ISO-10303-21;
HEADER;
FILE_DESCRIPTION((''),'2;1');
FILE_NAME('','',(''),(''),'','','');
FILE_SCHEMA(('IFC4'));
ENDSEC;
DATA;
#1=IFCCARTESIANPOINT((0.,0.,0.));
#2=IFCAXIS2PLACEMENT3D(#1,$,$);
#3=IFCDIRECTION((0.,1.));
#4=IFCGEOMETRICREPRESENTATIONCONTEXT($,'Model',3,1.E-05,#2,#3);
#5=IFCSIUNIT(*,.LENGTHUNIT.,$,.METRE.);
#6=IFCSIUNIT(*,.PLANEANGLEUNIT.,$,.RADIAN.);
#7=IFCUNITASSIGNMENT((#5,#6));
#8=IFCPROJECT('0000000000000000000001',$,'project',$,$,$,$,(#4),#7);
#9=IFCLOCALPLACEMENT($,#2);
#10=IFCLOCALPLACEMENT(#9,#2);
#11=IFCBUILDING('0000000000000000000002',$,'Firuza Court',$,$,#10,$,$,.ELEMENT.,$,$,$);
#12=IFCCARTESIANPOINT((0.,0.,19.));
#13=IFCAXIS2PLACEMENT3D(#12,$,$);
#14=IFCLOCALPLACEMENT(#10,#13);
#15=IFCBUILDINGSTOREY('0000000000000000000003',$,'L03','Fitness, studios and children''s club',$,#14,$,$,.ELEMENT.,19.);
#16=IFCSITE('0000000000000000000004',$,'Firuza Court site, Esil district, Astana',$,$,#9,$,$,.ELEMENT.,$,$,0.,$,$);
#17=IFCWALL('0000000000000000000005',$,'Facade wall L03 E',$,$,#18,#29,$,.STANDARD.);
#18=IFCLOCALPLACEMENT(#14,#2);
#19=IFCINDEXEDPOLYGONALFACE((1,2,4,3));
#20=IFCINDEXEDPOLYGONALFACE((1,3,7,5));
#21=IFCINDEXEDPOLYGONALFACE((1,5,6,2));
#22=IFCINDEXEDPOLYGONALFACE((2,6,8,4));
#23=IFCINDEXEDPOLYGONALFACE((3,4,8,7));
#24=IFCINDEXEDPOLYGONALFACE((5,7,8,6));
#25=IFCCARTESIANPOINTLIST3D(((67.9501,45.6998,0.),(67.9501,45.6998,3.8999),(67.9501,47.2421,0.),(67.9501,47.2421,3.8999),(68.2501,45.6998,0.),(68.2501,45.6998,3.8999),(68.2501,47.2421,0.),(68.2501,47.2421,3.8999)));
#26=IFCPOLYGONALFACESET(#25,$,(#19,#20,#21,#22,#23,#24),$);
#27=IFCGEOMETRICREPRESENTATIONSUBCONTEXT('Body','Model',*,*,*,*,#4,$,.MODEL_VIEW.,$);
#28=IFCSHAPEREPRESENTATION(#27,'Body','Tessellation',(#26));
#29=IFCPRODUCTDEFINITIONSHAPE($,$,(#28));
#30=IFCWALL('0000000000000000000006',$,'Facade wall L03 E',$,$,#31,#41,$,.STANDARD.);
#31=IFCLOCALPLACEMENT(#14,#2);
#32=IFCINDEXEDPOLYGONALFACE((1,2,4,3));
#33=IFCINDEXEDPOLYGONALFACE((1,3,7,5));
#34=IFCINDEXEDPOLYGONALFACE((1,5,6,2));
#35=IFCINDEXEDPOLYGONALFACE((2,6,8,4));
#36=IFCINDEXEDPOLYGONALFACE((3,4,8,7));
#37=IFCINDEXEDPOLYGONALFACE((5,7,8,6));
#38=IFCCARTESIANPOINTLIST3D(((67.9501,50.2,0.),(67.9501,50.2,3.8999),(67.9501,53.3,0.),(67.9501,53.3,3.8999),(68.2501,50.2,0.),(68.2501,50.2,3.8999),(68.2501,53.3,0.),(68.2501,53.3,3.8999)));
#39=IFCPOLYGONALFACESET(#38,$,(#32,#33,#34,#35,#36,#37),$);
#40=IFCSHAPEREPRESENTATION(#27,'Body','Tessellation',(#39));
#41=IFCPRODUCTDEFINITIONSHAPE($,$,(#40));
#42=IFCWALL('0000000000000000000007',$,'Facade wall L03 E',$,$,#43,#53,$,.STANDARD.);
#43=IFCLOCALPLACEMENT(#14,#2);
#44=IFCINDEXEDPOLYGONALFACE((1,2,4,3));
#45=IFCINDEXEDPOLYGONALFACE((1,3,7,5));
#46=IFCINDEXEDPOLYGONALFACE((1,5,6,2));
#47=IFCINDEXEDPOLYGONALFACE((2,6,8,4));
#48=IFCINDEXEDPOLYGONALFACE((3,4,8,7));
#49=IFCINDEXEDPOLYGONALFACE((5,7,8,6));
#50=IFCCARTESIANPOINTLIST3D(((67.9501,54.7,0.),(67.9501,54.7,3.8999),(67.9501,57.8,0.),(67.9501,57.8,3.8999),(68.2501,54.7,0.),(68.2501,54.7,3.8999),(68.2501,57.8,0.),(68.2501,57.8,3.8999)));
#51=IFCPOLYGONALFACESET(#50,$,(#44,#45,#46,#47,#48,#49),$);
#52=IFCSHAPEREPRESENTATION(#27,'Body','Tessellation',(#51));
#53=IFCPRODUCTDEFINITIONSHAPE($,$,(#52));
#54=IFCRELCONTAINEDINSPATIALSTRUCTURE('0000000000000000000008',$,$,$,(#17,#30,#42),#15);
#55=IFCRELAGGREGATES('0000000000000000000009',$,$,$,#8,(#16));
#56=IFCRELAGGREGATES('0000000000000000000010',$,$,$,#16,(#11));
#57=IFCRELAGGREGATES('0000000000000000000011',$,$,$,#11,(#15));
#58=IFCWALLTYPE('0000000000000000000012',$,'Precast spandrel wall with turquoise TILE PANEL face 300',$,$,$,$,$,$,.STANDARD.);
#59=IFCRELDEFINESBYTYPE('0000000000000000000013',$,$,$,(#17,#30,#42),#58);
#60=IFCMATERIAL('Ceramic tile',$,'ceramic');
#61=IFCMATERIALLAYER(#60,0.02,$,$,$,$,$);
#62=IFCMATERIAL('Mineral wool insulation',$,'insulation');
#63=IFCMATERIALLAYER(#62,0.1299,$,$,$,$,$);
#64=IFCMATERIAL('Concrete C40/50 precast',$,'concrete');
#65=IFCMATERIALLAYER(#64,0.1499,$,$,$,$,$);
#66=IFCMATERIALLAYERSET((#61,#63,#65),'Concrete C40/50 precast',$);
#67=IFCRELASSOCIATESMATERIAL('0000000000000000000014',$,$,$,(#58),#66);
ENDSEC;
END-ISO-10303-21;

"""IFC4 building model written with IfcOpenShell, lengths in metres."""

from ifc_helpers import new_model, si_unit, direction, frame, frame_2d, origin, place, context, subcontext, project, spatial, rectangle, extrude, material, layer, layer_set, type_object, element, save


model = new_model("IFC4")

# Units and contexts
model_context = context("Model", 3, precision=1e-05, world=origin(), true_north=direction((0.0, 1.0)))
body_context = subcontext(model_context, "Body", "Model", "MODEL_VIEW")
ifc_project = project(units=[si_unit("LENGTHUNIT", "METRE"), si_unit("PLANEANGLEUNIT", "RADIAN")], contexts=[model_context])

# Site, building, storey
site_placement = place(None, origin())
site = spatial("IfcSite", under=ifc_project, at=site_placement, Name="Firuza Court site, Esil district, Astana", CompositionType="ELEMENT", RefElevation=0.0)
building_placement = place(site_placement, origin())
building = spatial("IfcBuilding", under=site, at=building_placement, Name="Firuza Court", CompositionType="ELEMENT")
storey_placement = place(building_placement, frame((0.0, 0.0, 19.0)))
storey = spatial("IfcBuildingStorey", under=building, at=storey_placement, Name="L03", Description="Fitness, studios and children's club", CompositionType="ELEMENT", Elevation=19.0)

# Shared definitions
ifc_material_1 = material(Name="Ceramic tile", Category="ceramic")

# Walls
ifc_layer_1 = layer(ifc_material_1, 0.02)
ifc_material_2 = material(Name="Mineral wool insulation", Category="insulation")
ifc_layer_2 = layer(ifc_material_2, 0.1299)
ifc_material_3 = material(Name="Concrete C40/50 precast", Category="concrete")
ifc_layer_3 = layer(ifc_material_3, 0.1499)
ifc_layer_set_1 = layer_set([ifc_layer_1, ifc_layer_2, ifc_layer_3], Name="Concrete C40/50 precast")
wall_type_1 = type_object("IfcWallType", Name="Precast spandrel wall with turquoise TILE PANEL face 300", PredefinedType="STANDARD", material=ifc_layer_set_1)
wall_1_placement = place(storey_placement, frame((68.1001, 45.7, 0.0), z_axis=(0.0, 0.0, 1.0), x_axis=(0.0, 1.0, 0.0)))
element("IfcWall", 1, at=wall_1_placement, inside=storey, type_object=wall_type_1, Name="Facade wall L03 E", PredefinedType="STANDARD", context=body_context, shape_type="SweptSolid", body=[
    extrude(rectangle(XDim=1.5422, YDim=0.3, at=frame_2d((0.771, 0.0))), origin(), (0.0, 0.0, 1.0), 3.8999),
])
for number, where, z_axis, x_axis, name in (
    (2, (68.1001, 50.2, 0.0), (0.0, 0.0, 1.0), (0.0, 1.0, 0.0), "Facade wall L03 E"),
    (3, (68.1001, 54.7, 0.0), (0.0, 0.0, 1.0), (0.0, 1.0, 0.0), "Facade wall L03 E"),
):
    element("IfcWall", number, at=place(storey_placement, frame(where, z_axis=z_axis, x_axis=x_axis)), inside=storey, type_object=wall_type_1, Name=name, PredefinedType="STANDARD", context=body_context, shape_type="SweptSolid", body=[
        extrude(rectangle(XDim=3.1001, YDim=0.3, at=frame_2d((1.55, 0.0))), origin(), (0.0, 0.0, 1.0), 3.8999),
    ])

save(model, "model.ifc")
